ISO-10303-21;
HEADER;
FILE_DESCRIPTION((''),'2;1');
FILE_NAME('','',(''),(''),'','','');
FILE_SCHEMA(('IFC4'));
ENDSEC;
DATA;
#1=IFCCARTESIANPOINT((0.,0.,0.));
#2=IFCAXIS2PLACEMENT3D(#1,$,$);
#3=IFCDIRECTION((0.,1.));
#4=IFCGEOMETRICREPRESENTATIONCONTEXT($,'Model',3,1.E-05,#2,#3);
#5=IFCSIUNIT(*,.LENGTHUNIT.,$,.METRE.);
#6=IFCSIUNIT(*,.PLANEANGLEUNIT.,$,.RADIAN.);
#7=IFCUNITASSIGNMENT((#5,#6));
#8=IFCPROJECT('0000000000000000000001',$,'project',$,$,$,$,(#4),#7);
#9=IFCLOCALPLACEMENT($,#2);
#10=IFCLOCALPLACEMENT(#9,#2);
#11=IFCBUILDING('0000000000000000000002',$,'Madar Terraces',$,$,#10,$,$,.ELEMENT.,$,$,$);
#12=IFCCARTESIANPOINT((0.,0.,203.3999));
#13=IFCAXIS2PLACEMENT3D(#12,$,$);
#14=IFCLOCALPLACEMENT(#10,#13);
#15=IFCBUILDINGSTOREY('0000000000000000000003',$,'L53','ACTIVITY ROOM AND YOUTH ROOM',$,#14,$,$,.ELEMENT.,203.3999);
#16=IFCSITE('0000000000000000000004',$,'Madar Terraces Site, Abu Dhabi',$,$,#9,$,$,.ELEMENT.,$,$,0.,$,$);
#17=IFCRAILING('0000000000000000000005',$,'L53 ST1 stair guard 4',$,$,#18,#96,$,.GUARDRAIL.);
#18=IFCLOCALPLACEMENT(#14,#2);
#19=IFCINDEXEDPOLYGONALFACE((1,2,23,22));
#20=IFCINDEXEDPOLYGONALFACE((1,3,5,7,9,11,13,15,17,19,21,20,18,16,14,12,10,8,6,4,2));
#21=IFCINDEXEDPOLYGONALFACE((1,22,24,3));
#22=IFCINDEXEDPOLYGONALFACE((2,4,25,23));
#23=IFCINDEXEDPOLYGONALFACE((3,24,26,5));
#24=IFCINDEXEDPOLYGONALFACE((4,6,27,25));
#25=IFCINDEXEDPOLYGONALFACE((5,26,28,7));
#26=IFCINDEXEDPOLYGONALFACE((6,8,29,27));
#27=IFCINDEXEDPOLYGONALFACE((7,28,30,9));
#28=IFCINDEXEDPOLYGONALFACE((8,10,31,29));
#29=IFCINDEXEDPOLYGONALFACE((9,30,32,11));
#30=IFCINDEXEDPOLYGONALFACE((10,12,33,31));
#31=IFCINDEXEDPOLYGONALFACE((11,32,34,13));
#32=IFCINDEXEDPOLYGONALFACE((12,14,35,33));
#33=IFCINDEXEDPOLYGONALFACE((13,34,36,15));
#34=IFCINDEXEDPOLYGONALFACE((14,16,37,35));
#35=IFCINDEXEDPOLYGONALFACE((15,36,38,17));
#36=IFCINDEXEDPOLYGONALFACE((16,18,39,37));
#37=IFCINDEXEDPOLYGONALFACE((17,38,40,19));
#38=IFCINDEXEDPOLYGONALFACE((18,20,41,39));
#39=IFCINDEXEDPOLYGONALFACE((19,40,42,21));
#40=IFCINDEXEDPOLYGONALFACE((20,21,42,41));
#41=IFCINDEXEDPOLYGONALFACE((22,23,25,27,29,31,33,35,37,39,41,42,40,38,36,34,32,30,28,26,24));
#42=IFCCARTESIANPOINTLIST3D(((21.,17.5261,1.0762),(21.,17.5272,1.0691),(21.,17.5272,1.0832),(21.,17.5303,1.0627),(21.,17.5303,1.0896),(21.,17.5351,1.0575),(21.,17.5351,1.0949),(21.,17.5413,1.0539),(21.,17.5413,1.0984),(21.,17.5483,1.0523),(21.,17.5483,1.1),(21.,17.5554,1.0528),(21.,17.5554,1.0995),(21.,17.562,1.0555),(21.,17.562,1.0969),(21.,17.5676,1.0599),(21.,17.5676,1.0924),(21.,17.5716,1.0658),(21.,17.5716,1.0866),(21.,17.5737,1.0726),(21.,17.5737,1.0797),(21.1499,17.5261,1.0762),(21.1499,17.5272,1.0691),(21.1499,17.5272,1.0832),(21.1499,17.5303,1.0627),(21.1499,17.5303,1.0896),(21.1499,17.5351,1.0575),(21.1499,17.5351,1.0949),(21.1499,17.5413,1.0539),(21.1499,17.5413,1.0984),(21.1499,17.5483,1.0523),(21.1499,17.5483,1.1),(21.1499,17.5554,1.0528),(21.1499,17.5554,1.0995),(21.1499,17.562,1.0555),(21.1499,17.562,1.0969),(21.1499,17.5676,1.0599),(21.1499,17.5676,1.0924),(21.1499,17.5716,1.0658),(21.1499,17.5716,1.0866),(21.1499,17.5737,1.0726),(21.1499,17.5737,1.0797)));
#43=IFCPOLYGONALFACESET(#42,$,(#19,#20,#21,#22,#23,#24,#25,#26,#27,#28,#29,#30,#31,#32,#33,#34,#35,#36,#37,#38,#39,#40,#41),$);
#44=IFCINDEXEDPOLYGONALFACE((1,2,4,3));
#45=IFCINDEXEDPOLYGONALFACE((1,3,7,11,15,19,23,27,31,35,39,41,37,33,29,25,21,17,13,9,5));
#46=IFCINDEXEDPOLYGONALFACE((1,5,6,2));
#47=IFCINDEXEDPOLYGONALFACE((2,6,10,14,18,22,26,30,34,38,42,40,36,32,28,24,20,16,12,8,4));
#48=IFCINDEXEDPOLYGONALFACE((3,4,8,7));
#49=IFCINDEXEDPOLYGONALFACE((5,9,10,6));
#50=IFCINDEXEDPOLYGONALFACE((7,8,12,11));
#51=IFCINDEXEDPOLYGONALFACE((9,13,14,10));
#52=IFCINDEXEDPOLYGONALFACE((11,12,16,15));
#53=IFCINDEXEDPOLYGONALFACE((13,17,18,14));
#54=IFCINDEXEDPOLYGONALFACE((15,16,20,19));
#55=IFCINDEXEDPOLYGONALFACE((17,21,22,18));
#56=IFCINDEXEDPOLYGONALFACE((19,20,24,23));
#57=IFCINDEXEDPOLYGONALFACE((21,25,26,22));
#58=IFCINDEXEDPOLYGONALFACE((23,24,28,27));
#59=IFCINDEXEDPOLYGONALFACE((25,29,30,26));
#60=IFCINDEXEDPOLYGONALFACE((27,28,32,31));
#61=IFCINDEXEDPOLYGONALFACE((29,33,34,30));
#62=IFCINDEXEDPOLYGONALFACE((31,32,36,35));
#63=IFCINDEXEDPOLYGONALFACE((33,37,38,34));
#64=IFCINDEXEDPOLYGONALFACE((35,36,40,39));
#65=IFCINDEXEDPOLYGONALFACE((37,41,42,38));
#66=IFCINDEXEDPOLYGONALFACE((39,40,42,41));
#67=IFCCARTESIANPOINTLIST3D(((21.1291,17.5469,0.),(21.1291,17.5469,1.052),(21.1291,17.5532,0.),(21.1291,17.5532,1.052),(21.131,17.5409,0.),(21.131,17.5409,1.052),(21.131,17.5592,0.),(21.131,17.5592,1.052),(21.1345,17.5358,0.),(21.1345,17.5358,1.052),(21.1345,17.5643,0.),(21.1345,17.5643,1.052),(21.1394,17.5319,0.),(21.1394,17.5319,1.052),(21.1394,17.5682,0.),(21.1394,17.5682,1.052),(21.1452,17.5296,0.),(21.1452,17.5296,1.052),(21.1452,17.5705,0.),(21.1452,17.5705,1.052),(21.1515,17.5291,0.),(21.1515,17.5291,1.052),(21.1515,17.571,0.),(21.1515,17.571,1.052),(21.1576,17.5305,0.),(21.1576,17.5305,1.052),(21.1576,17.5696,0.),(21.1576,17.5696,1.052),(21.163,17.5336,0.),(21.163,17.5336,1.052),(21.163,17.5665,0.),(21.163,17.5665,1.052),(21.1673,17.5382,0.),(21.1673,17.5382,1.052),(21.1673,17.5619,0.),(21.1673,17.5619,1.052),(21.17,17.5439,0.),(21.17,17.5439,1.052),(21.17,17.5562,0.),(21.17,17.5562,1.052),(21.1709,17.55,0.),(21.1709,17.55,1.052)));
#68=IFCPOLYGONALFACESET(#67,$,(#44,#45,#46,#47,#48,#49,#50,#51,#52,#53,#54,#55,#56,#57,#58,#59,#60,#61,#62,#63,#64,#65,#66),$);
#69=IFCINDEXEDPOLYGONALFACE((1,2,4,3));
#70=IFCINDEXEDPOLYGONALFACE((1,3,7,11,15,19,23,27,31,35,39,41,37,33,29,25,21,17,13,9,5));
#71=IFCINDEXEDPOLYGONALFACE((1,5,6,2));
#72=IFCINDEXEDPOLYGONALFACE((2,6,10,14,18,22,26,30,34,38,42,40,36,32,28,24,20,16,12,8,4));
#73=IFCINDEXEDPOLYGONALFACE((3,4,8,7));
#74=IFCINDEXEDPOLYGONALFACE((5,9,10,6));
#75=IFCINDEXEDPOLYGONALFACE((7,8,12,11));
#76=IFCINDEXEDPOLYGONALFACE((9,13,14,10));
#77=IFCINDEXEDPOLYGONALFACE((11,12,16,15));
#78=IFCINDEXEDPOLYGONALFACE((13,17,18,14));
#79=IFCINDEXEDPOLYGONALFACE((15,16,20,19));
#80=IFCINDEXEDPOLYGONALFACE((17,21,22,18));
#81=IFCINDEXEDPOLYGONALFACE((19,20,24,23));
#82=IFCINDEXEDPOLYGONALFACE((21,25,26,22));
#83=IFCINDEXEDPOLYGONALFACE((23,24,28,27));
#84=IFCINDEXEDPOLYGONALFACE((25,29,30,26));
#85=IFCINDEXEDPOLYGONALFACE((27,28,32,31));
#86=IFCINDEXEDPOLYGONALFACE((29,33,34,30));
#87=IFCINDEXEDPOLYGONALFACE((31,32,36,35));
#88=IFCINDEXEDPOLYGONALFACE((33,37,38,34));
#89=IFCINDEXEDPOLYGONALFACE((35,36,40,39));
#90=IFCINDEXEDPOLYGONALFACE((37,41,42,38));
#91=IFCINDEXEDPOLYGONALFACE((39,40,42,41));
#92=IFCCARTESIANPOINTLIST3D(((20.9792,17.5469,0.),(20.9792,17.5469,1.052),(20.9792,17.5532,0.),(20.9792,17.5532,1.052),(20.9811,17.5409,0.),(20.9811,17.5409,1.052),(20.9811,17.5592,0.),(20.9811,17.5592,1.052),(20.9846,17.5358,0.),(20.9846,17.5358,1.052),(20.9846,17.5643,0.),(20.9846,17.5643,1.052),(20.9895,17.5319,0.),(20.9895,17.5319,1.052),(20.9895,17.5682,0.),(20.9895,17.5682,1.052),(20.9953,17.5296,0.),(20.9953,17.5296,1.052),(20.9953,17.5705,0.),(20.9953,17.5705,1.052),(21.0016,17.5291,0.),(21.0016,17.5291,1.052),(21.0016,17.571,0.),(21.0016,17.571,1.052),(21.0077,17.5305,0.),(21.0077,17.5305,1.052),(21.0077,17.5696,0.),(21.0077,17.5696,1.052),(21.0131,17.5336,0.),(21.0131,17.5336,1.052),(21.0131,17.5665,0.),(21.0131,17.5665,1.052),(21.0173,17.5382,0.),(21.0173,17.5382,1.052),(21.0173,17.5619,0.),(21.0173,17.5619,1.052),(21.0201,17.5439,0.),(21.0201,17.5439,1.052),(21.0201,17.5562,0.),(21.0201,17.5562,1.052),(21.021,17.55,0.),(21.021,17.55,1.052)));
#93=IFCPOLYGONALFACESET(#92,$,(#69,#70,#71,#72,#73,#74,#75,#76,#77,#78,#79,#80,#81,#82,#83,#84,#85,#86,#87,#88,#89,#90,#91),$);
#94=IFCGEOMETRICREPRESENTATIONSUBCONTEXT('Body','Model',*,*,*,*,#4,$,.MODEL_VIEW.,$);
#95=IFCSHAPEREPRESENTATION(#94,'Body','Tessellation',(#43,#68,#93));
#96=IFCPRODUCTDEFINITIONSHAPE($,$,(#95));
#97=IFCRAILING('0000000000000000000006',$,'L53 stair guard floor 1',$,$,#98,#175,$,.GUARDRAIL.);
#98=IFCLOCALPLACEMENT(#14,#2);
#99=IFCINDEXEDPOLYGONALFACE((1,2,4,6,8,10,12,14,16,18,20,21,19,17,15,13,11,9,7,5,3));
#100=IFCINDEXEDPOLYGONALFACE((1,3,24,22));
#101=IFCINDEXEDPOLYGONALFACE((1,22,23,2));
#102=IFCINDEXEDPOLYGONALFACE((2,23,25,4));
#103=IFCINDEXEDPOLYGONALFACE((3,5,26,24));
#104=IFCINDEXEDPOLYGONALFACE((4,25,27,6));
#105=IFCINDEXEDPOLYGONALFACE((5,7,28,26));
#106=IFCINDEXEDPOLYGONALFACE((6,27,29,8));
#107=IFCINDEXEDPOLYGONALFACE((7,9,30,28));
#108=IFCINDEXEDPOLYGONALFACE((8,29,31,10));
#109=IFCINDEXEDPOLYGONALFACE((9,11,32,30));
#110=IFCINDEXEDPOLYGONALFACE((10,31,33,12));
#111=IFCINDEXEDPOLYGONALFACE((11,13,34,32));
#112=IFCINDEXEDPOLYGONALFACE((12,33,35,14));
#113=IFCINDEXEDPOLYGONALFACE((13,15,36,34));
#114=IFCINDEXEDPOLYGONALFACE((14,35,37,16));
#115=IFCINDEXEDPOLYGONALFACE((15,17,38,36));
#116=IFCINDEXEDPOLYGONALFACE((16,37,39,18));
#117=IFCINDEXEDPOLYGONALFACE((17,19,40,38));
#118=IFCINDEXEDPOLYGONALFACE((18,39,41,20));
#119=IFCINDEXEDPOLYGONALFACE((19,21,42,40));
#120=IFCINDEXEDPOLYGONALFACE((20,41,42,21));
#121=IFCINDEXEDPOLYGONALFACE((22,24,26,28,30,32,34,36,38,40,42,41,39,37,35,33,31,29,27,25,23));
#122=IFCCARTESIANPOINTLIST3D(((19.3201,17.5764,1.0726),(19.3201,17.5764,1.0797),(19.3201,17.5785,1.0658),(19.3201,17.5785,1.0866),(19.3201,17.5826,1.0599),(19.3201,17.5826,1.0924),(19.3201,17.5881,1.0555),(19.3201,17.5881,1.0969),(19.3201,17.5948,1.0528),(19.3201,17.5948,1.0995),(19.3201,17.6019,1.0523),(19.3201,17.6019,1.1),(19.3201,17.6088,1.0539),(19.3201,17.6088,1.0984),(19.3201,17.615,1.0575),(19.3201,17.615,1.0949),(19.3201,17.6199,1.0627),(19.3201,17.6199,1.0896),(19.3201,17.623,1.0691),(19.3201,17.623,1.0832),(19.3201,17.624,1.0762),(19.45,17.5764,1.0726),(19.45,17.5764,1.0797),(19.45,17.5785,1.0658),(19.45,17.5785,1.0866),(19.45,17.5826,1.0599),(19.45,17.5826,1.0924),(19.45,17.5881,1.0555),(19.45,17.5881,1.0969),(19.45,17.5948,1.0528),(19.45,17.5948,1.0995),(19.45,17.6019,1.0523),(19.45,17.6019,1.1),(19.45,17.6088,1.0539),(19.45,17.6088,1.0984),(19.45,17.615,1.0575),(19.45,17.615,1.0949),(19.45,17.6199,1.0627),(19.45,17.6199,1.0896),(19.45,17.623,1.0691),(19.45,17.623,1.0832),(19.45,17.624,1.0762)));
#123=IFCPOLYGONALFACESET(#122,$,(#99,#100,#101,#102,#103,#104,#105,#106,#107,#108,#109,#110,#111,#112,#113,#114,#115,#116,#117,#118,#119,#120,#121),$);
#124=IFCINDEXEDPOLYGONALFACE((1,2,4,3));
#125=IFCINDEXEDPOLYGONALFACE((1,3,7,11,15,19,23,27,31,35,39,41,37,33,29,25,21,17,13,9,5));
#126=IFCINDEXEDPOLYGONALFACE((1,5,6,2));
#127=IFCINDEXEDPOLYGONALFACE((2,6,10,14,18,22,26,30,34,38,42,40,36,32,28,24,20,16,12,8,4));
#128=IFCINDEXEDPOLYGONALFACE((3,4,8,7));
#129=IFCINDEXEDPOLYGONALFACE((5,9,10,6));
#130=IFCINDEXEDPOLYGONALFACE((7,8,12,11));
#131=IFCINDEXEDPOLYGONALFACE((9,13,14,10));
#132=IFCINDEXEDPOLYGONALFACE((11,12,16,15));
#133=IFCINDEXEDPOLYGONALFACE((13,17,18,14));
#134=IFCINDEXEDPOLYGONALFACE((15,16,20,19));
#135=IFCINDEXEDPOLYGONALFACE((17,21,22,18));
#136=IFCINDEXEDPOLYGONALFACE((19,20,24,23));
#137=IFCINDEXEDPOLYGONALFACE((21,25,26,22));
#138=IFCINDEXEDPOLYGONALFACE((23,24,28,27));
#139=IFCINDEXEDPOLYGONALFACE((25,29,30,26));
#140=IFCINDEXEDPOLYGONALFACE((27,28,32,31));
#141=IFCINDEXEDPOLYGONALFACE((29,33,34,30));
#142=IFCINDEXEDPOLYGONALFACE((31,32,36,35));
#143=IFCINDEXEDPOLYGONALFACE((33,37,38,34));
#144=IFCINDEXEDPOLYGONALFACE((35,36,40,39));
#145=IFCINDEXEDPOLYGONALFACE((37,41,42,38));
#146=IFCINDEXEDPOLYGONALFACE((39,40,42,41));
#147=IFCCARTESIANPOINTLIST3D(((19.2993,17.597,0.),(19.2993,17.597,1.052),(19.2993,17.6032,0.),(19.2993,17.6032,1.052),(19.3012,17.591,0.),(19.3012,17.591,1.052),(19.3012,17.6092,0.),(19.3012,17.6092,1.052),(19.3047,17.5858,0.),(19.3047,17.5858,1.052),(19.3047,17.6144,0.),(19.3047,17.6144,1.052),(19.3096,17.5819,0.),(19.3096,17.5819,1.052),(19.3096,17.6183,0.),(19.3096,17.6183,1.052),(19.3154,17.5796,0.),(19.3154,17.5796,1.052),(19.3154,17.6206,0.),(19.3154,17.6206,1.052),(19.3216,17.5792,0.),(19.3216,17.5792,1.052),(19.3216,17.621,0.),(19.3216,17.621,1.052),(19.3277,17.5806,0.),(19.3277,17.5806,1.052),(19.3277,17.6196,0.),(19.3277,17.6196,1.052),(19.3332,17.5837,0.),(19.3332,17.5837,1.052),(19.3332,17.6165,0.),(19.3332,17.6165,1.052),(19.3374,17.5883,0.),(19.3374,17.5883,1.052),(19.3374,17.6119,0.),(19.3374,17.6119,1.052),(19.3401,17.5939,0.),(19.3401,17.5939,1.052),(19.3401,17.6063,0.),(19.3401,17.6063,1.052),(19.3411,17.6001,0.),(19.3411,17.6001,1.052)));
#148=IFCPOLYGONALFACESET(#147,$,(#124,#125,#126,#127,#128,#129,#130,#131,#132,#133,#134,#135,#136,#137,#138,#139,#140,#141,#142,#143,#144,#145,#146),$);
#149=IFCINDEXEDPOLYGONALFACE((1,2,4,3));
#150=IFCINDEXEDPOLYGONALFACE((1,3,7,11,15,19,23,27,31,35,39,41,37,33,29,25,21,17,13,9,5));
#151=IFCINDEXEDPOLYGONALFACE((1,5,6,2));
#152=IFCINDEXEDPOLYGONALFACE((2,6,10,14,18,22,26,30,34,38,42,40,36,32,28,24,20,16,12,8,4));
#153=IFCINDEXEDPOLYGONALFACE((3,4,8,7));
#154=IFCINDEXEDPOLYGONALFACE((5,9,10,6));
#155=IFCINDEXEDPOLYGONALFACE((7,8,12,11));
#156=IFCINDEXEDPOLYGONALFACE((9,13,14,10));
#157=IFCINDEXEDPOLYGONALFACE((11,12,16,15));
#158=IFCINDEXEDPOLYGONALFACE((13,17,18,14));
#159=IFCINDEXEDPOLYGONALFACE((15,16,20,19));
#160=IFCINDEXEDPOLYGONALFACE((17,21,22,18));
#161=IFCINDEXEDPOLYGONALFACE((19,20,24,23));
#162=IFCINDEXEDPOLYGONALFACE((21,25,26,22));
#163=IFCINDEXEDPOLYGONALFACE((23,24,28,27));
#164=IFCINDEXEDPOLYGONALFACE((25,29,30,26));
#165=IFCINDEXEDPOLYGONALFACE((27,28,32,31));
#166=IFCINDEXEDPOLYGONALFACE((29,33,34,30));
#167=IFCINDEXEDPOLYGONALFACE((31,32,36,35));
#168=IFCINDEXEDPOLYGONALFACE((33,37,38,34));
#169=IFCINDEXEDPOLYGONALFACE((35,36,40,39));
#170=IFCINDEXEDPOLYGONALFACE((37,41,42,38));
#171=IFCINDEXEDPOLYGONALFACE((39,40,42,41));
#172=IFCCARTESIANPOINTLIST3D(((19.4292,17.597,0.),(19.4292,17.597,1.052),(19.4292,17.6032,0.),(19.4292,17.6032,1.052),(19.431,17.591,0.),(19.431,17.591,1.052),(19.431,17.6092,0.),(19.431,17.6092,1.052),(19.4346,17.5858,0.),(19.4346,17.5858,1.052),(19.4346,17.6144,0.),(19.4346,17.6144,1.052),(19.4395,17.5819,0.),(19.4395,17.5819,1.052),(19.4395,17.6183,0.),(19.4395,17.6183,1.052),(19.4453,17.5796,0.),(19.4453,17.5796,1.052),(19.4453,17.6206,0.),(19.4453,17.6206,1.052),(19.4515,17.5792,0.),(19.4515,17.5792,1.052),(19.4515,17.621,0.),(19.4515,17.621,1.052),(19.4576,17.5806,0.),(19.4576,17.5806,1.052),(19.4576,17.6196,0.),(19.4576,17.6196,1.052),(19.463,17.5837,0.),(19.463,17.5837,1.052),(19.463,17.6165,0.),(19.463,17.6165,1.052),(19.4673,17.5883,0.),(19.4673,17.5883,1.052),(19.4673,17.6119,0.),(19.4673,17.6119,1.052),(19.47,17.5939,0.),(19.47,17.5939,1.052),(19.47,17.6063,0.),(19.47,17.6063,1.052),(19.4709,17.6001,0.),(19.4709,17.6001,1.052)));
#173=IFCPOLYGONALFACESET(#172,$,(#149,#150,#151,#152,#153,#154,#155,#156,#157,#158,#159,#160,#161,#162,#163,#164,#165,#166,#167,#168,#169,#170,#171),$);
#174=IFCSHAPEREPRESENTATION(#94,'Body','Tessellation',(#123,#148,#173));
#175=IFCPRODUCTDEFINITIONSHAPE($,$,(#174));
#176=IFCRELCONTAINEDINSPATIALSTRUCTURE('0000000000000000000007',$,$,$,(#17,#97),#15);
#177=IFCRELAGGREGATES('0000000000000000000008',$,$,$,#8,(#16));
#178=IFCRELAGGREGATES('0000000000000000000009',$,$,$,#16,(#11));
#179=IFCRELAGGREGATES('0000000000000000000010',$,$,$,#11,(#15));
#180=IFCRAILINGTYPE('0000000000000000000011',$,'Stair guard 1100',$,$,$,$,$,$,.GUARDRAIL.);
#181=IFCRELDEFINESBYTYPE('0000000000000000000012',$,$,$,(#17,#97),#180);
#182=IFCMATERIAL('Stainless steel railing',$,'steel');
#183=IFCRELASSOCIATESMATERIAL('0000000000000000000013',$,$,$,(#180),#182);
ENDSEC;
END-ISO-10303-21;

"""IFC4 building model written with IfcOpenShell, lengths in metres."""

from ifc_helpers import new_model, si_unit, direction, frame, origin, origin_2d, place, context, subcontext, project, spatial, circle, extrude, material, type_object, element, save


model = new_model("IFC4")

# Units and contexts
model_context = context("Model", 3, precision=1e-05, world=origin(), true_north=direction((0.0, 1.0)))
body_context = subcontext(model_context, "Body", "Model", "MODEL_VIEW")
ifc_project = project(units=[si_unit("LENGTHUNIT", "METRE"), si_unit("PLANEANGLEUNIT", "RADIAN")], contexts=[model_context])

# Site, building, storey
site_placement = place(None, origin())
site = spatial("IfcSite", under=ifc_project, at=site_placement, Name="Madar Terraces Site, Abu Dhabi", CompositionType="ELEMENT", RefElevation=0.0)
building_placement = place(site_placement, origin())
building = spatial("IfcBuilding", under=site, at=building_placement, Name="Madar Terraces", CompositionType="ELEMENT")
storey_placement = place(building_placement, frame((0.0, 0.0, 203.3999)))
storey = spatial("IfcBuildingStorey", under=building, at=storey_placement, Name="L53", Description="ACTIVITY ROOM AND YOUTH ROOM", CompositionType="ELEMENT", Elevation=203.3999)

# Railings
ifc_material_1 = material(Name="Stainless steel railing", Category="steel")
railing_type_1 = type_object("IfcRailingType", Name="Stair guard 1100", PredefinedType="GUARDRAIL", material=ifc_material_1)
railing_1_placement = place(storey_placement, frame((21.1499, 17.55, 0.0)))
element("IfcRailing", 1, at=railing_1_placement, inside=storey, type_object=railing_type_1, Name="L53 ST1 stair guard 4", PredefinedType="GUARDRAIL", context=body_context, shape_type="SweptSolid", body=[
    extrude(circle(Radius=0.0239, at=origin_2d()), frame((0.0, 0.0, 1.0762), z_axis=(-1.0, 0.0, 0.0), x_axis=(0.0, -1.0, 0.0)), (0.0, 0.0, 1.0), 0.1499),
    extrude(circle(Radius=0.021, at=origin_2d()), origin(), (0.0, 0.0, 1.0), 1.052),
    extrude(circle(Radius=0.021, at=origin_2d()), frame((-0.1499, 0.0, 0.0)), (0.0, 0.0, 1.0), 1.052),
])
railing_2_placement = place(storey_placement, frame((19.3201, 17.6001, 0.0)))
element("IfcRailing", 2, at=railing_2_placement, inside=storey, type_object=railing_type_1, Name="L53 stair guard floor 1", PredefinedType="GUARDRAIL", context=body_context, shape_type="SweptSolid", body=[
    extrude(circle(Radius=0.0239, at=origin_2d()), frame((0.0, 0.0, 1.0762), z_axis=(1.0, 0.0, 0.0), x_axis=(0.0, 1.0, 0.0)), (0.0, 0.0, 1.0), 0.1299),
    extrude(circle(Radius=0.021, at=origin_2d()), origin(), (0.0, 0.0, 1.0), 1.052),
    extrude(circle(Radius=0.021, at=origin_2d()), frame((0.1299, 0.0, 0.0)), (0.0, 0.0, 1.0), 1.052),
])

save(model, "model.ifc")
